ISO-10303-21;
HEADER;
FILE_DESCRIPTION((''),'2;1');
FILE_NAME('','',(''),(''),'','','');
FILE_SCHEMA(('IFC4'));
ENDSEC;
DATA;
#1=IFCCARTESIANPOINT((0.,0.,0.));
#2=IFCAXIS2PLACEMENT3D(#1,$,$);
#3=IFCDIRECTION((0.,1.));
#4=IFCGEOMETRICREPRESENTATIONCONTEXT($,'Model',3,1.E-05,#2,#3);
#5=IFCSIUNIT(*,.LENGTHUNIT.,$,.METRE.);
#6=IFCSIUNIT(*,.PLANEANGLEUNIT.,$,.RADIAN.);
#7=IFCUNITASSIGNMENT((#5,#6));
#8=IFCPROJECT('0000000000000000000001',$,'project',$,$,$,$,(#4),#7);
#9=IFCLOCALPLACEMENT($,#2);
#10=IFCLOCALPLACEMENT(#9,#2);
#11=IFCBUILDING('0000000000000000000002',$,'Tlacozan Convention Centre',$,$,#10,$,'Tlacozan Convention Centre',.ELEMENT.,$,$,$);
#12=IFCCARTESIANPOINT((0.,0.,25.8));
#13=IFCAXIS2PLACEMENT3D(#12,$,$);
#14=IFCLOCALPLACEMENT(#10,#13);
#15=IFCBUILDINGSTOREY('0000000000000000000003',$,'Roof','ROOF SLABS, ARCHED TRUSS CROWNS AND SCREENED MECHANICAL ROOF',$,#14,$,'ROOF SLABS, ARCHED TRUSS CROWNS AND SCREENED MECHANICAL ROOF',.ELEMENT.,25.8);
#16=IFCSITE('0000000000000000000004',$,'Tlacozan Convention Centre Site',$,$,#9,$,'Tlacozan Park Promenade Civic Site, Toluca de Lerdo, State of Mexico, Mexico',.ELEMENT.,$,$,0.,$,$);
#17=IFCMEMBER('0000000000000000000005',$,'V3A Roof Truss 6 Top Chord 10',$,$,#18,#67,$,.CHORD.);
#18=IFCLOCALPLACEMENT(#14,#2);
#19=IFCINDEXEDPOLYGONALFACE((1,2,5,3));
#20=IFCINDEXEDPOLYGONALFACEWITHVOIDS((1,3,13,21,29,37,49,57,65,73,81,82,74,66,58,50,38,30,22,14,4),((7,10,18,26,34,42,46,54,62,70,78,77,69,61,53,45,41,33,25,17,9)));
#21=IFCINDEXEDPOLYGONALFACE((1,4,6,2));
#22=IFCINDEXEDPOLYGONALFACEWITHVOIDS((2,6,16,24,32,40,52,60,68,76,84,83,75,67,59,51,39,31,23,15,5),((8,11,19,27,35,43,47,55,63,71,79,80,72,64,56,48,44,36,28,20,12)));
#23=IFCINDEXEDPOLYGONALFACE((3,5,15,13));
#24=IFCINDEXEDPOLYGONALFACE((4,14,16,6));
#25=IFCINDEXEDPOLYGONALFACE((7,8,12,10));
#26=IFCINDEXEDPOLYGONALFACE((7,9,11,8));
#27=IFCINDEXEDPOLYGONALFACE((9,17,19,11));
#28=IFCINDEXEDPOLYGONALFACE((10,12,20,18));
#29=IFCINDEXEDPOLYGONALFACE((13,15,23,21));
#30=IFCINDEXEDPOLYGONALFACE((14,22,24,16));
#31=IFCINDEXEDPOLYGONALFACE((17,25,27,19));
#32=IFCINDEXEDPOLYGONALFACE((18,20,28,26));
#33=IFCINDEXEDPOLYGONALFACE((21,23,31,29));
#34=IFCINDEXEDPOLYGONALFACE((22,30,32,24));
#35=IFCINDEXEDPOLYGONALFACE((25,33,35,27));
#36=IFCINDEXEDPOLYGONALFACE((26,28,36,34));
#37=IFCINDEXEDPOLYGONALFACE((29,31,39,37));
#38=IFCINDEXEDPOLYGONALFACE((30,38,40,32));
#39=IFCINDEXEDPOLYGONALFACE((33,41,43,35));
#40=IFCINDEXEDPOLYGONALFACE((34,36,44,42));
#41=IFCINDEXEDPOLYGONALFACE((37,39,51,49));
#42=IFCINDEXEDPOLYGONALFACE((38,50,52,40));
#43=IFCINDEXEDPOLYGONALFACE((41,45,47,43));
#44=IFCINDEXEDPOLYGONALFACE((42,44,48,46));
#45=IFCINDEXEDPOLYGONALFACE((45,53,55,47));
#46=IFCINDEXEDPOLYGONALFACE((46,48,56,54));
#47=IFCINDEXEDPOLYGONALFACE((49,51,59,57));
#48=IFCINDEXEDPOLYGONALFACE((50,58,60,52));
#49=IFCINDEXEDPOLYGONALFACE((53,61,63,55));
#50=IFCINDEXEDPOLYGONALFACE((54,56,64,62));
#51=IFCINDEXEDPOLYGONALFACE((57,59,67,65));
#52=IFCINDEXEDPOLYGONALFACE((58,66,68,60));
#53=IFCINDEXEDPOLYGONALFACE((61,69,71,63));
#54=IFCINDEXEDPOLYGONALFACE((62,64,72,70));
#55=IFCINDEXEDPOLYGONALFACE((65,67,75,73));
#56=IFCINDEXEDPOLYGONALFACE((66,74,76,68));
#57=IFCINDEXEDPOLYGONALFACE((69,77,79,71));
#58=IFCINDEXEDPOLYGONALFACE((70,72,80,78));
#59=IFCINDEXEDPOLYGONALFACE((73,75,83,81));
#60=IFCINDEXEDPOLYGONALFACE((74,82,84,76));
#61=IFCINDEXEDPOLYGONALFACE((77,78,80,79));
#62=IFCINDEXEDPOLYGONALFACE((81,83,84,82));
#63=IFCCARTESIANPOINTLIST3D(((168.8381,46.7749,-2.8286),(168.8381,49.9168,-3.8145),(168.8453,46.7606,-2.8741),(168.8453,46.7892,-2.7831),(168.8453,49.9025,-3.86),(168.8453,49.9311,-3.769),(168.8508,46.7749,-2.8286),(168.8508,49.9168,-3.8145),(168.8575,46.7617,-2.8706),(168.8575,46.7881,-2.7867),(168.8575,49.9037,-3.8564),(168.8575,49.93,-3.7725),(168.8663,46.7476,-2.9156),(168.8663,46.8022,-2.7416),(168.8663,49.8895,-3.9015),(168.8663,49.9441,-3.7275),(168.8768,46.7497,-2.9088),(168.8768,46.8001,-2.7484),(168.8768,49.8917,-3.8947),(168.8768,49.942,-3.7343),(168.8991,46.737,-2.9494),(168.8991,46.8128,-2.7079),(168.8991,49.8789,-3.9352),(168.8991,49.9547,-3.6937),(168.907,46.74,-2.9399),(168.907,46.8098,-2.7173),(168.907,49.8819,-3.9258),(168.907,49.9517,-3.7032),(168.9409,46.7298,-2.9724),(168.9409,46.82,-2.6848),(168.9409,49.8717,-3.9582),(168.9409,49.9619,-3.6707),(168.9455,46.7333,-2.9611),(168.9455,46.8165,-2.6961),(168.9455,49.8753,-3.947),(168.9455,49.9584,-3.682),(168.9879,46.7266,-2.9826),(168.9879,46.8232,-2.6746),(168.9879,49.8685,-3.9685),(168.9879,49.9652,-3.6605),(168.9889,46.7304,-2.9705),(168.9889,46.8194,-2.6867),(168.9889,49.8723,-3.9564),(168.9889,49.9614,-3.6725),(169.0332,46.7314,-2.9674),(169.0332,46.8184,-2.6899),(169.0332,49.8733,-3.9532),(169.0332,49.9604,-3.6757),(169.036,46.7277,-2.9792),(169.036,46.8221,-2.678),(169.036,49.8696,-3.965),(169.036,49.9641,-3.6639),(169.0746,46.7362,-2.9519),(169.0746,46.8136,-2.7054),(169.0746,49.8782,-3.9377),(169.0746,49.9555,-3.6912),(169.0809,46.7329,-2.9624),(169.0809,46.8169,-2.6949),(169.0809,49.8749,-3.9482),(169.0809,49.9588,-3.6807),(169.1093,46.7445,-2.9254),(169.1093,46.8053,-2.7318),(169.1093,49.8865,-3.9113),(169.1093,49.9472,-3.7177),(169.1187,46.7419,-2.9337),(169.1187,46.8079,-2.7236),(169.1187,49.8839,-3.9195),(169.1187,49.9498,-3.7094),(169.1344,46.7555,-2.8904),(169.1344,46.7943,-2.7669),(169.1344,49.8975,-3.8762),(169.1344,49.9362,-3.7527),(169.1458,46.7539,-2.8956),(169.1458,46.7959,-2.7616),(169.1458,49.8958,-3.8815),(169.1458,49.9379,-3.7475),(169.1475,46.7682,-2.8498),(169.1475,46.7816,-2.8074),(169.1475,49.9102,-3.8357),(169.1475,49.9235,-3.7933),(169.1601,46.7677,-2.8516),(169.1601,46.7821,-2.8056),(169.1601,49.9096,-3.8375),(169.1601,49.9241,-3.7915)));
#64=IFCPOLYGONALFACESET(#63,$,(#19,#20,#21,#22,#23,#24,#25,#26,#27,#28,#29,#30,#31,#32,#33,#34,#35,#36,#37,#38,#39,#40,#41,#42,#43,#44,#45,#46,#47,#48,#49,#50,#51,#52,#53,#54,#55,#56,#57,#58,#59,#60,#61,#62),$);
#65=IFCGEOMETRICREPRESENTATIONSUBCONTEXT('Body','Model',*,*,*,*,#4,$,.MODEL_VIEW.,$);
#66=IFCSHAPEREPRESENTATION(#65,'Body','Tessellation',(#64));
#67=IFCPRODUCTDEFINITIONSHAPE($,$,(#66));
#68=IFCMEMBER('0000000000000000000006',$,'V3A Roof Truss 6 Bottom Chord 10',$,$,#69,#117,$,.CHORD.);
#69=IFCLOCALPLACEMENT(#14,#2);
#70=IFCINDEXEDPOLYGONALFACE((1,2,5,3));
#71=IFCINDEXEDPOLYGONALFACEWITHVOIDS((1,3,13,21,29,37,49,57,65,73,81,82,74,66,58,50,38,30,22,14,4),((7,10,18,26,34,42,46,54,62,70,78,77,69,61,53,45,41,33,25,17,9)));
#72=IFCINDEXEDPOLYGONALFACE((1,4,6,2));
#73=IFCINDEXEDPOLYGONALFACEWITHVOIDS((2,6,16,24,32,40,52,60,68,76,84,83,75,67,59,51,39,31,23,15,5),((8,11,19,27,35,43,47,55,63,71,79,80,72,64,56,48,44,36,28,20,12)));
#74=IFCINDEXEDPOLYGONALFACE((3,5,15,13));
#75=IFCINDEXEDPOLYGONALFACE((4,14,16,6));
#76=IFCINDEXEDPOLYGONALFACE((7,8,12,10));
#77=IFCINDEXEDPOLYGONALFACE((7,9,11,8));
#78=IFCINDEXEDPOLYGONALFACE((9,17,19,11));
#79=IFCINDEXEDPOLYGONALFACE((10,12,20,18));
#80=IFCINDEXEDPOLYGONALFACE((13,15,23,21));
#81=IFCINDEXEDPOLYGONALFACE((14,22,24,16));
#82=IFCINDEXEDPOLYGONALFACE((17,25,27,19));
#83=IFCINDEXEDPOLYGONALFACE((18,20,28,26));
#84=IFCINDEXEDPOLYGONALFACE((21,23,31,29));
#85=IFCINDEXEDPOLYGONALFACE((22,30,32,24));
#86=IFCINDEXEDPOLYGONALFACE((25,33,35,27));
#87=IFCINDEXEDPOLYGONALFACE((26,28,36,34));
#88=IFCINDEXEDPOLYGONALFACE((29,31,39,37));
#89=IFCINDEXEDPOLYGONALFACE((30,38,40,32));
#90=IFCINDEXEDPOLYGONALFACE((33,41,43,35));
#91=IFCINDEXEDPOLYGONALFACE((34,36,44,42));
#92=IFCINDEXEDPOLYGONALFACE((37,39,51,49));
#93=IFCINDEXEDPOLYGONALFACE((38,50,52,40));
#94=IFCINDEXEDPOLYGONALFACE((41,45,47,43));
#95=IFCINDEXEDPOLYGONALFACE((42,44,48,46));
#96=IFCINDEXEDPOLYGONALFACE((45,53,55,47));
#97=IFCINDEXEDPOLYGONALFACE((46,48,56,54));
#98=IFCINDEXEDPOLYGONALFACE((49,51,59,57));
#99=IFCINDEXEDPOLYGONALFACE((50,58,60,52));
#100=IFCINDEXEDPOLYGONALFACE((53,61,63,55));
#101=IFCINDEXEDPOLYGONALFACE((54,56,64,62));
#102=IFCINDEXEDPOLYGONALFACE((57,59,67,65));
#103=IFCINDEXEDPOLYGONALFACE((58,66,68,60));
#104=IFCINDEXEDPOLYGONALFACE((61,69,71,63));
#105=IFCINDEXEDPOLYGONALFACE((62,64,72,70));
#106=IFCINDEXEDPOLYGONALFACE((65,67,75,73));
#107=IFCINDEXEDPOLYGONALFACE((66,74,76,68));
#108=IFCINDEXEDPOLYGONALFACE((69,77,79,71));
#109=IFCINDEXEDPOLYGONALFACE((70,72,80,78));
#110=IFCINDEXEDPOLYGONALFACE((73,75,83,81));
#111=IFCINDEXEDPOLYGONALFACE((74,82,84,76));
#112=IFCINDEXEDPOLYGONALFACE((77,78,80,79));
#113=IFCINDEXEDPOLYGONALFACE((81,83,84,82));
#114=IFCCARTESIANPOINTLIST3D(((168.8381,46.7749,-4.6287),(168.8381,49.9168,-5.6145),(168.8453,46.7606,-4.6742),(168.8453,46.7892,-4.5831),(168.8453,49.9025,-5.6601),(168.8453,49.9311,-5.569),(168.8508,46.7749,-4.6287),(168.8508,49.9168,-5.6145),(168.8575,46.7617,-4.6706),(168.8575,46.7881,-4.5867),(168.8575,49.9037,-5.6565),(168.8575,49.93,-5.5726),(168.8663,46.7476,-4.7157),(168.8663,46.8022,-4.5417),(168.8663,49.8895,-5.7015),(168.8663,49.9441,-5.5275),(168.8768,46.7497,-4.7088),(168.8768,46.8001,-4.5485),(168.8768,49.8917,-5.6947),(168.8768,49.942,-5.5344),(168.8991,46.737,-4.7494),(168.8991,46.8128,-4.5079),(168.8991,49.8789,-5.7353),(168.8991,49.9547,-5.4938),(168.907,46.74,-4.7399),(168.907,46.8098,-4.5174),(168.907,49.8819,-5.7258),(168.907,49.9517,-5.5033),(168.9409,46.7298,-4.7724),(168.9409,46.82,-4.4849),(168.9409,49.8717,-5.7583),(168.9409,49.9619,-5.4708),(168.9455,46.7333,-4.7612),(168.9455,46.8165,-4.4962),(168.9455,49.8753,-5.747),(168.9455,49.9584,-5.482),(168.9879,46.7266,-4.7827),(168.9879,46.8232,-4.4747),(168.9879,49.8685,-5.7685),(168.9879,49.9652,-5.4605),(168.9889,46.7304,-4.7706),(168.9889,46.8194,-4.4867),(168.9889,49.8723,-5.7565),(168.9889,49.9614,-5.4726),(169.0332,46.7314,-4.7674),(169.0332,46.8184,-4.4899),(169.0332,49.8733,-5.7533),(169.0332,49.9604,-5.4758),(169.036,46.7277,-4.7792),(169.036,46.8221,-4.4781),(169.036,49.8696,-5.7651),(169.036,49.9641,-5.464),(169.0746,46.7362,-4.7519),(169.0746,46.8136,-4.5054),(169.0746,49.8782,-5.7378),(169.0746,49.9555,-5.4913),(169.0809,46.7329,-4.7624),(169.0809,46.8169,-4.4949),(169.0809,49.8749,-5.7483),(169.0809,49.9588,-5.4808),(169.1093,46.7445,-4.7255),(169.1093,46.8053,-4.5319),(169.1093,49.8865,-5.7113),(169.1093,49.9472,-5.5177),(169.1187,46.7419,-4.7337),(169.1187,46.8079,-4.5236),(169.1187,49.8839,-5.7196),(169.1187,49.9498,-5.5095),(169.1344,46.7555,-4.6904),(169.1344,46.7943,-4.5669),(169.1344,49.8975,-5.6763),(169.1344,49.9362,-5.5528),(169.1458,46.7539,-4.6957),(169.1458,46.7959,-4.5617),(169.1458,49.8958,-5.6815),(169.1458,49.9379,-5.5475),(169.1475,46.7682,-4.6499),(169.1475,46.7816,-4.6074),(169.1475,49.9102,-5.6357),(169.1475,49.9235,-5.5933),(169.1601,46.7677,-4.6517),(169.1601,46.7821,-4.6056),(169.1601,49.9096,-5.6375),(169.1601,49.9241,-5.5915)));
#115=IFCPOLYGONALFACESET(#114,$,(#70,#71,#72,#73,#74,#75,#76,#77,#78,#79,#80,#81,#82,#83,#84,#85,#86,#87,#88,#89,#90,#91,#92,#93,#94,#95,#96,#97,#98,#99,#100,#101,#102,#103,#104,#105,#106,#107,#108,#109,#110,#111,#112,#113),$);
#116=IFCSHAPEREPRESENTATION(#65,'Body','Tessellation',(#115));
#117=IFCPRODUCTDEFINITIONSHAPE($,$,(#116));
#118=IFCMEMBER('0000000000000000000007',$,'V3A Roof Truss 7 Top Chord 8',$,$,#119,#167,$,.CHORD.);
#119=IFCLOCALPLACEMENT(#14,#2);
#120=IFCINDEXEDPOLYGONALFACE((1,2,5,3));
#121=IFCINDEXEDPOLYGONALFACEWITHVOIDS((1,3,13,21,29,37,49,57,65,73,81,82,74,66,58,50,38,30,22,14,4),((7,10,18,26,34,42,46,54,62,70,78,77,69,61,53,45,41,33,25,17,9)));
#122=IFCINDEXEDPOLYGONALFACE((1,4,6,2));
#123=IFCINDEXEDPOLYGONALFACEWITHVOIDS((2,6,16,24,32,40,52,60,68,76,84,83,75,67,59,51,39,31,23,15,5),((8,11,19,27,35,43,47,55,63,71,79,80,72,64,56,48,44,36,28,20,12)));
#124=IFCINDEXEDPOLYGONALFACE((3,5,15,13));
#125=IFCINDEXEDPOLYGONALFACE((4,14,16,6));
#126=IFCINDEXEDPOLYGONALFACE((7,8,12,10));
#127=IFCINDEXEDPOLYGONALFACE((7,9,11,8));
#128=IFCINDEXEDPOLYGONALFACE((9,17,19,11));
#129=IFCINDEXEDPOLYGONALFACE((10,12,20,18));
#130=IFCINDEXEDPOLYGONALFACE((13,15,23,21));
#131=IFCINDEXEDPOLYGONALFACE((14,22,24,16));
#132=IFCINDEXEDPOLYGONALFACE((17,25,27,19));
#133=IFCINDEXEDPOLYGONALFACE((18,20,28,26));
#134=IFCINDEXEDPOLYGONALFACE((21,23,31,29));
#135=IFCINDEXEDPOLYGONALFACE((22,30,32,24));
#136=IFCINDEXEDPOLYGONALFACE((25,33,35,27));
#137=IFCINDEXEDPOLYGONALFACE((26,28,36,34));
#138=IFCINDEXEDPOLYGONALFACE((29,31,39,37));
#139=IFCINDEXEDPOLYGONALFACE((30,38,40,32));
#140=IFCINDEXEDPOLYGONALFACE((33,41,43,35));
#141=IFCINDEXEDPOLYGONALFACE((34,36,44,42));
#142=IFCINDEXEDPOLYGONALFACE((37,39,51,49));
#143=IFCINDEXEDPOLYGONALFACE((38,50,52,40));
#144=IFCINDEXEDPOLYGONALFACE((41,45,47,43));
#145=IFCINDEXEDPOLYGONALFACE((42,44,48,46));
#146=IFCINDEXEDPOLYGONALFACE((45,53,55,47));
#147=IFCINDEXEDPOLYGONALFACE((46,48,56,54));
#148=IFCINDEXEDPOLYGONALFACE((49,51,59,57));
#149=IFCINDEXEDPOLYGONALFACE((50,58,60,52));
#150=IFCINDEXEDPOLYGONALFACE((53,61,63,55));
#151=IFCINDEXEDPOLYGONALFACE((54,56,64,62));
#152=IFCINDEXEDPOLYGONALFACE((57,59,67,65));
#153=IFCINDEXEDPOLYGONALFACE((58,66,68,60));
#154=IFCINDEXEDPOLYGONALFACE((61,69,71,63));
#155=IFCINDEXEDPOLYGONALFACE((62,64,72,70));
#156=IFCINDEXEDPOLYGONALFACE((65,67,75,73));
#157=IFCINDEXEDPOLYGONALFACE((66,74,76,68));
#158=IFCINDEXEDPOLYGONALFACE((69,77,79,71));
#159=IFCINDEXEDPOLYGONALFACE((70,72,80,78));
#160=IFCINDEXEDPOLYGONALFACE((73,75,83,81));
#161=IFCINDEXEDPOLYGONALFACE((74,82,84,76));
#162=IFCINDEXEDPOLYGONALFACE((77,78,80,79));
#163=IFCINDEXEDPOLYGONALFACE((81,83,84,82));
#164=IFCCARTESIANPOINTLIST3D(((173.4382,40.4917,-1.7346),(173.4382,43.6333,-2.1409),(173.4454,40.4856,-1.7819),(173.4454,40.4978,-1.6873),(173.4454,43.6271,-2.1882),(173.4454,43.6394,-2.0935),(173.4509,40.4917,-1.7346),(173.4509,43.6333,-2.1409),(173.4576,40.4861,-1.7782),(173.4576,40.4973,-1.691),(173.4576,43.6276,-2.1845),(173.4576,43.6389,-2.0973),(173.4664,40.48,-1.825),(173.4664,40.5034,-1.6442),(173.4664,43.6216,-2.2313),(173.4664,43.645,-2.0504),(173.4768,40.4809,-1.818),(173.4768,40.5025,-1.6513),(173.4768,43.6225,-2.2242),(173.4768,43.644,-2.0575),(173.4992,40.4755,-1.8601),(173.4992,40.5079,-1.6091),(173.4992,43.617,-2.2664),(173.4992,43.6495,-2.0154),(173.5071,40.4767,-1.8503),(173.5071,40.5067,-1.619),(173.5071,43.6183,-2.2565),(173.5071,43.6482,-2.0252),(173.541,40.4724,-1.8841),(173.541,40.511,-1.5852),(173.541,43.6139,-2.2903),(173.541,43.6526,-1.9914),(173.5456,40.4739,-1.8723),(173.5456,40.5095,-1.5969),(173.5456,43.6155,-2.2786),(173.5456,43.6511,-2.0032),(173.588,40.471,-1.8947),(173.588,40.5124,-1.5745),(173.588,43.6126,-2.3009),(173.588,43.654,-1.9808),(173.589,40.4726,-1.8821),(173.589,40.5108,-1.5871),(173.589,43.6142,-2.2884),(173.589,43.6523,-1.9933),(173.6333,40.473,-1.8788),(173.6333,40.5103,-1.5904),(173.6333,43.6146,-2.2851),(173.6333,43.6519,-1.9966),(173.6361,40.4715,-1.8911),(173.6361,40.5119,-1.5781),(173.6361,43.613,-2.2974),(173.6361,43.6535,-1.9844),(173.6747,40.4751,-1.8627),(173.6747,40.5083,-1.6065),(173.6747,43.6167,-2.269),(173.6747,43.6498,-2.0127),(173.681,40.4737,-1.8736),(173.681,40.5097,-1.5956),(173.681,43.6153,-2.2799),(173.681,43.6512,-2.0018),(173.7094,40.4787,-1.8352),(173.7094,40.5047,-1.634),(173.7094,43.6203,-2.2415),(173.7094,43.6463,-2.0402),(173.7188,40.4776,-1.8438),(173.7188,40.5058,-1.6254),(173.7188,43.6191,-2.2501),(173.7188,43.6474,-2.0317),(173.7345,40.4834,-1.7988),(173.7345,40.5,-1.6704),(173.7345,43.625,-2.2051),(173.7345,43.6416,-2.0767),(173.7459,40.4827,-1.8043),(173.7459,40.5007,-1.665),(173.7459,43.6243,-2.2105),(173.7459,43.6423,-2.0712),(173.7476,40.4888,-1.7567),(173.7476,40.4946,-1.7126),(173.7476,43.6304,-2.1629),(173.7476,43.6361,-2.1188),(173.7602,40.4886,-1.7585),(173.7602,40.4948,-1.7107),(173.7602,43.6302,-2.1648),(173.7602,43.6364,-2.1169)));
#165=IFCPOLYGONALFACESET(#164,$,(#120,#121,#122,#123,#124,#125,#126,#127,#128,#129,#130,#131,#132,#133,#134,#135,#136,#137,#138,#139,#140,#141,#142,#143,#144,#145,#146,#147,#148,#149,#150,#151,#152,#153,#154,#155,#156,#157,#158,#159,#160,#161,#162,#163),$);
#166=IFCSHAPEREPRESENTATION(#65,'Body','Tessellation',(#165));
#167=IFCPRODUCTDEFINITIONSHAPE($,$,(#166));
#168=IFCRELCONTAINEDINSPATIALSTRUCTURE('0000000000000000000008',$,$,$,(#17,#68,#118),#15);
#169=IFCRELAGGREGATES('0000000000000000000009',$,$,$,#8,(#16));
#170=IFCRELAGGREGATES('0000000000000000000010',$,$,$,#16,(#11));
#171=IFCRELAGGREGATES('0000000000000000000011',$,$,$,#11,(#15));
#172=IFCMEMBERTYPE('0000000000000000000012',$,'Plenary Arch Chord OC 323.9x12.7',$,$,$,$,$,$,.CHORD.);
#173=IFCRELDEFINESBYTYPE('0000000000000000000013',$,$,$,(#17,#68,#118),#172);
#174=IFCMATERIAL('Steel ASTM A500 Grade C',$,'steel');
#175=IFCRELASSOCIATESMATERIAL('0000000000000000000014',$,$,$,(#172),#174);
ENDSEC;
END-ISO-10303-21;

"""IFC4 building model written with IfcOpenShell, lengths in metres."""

from ifc_helpers import new_model, si_unit, direction, frame, origin, origin_2d, place, context, subcontext, project, spatial, hollow_circle, extrude, material, material_profile, profile_set, type_object, element, save


model = new_model("IFC4")

# Units and contexts
model_context = context("Model", 3, precision=1e-05, world=origin(), true_north=direction((0.0, 1.0)))
body_context = subcontext(model_context, "Body", "Model", "MODEL_VIEW")
ifc_project = project(units=[si_unit("LENGTHUNIT", "METRE"), si_unit("PLANEANGLEUNIT", "RADIAN")], contexts=[model_context])

# Site, building, storey
site_placement = place(None, origin())
site = spatial("IfcSite", under=ifc_project, at=site_placement, Name="Tlacozan Convention Centre Site", LongName="Tlacozan Park Promenade Civic Site, Toluca de Lerdo, State of Mexico, Mexico", CompositionType="ELEMENT", RefElevation=0.0)
building_placement = place(site_placement, origin())
building = spatial("IfcBuilding", under=site, at=building_placement, Name="Tlacozan Convention Centre", LongName="Tlacozan Convention Centre", CompositionType="ELEMENT")
storey_placement = place(building_placement, frame((0.0, 0.0, 25.8)))
storey = spatial("IfcBuildingStorey", under=building, at=storey_placement, Name="Roof", Description="ROOF SLABS, ARCHED TRUSS CROWNS AND SCREENED MECHANICAL ROOF", LongName="ROOF SLABS, ARCHED TRUSS CROWNS AND SCREENED MECHANICAL ROOF", CompositionType="ELEMENT", Elevation=25.8)

# Members
ifc_material_1 = material(Name="Steel ASTM A500 Grade C", Category="steel")
ifc_material_profile_1 = material_profile(ifc_material_1, hollow_circle(Radius=0.1619, WallThickness=0.0127, at=origin_2d()), Name="OC 323.9x12.7")
ifc_profile_set_1 = profile_set([ifc_material_profile_1], Name="Steel ASTM A500 Grade C")
member_type_1 = type_object("IfcMemberType", Name="Plenary Arch Chord OC 323.9x12.7", PredefinedType="CHORD", material=ifc_profile_set_1)
for number, where, z_axis, x_axis, name in (
    (1, (169.0, 46.7749, -2.8286), (0.0, 0.954132, -0.299385), (-1.0, 0.0, 0.0), "V3A Roof Truss 6 Top Chord 10"),
    (2, (169.0, 46.7749, -4.6287), (0.0, 0.954132, -0.299385), (-1.0, 0.0, 0.0), "V3A Roof Truss 6 Bottom Chord 10"),
):
    element("IfcMember", number, at=place(storey_placement, frame(where, z_axis=z_axis, x_axis=x_axis)), inside=storey, type_object=member_type_1, Name=name, PredefinedType="CHORD", context=body_context, shape_type="SweptSolid", body=[
        extrude(hollow_circle(Radius=0.1619, WallThickness=0.0127, at=origin_2d()), origin(), (0.0, 0.0, 1.0), 3.293),
    ])
for number, where, z_axis, x_axis, name in (
    (3, (173.6001, 40.4917, -1.7346), (0.0, 0.991742, -0.128245), (-1.0, 0.0, 0.0), "V3A Roof Truss 7 Top Chord 8"),
):
    element("IfcMember", number, at=place(storey_placement, frame(where, z_axis=z_axis, x_axis=x_axis)), inside=storey, type_object=member_type_1, Name=name, PredefinedType="CHORD", context=body_context, shape_type="SweptSolid", body=[
        extrude(hollow_circle(Radius=0.1619, WallThickness=0.0127, at=origin_2d()), origin(), (0.0, 0.0, 1.0), 3.1677),
    ])

save(model, "model.ifc")
